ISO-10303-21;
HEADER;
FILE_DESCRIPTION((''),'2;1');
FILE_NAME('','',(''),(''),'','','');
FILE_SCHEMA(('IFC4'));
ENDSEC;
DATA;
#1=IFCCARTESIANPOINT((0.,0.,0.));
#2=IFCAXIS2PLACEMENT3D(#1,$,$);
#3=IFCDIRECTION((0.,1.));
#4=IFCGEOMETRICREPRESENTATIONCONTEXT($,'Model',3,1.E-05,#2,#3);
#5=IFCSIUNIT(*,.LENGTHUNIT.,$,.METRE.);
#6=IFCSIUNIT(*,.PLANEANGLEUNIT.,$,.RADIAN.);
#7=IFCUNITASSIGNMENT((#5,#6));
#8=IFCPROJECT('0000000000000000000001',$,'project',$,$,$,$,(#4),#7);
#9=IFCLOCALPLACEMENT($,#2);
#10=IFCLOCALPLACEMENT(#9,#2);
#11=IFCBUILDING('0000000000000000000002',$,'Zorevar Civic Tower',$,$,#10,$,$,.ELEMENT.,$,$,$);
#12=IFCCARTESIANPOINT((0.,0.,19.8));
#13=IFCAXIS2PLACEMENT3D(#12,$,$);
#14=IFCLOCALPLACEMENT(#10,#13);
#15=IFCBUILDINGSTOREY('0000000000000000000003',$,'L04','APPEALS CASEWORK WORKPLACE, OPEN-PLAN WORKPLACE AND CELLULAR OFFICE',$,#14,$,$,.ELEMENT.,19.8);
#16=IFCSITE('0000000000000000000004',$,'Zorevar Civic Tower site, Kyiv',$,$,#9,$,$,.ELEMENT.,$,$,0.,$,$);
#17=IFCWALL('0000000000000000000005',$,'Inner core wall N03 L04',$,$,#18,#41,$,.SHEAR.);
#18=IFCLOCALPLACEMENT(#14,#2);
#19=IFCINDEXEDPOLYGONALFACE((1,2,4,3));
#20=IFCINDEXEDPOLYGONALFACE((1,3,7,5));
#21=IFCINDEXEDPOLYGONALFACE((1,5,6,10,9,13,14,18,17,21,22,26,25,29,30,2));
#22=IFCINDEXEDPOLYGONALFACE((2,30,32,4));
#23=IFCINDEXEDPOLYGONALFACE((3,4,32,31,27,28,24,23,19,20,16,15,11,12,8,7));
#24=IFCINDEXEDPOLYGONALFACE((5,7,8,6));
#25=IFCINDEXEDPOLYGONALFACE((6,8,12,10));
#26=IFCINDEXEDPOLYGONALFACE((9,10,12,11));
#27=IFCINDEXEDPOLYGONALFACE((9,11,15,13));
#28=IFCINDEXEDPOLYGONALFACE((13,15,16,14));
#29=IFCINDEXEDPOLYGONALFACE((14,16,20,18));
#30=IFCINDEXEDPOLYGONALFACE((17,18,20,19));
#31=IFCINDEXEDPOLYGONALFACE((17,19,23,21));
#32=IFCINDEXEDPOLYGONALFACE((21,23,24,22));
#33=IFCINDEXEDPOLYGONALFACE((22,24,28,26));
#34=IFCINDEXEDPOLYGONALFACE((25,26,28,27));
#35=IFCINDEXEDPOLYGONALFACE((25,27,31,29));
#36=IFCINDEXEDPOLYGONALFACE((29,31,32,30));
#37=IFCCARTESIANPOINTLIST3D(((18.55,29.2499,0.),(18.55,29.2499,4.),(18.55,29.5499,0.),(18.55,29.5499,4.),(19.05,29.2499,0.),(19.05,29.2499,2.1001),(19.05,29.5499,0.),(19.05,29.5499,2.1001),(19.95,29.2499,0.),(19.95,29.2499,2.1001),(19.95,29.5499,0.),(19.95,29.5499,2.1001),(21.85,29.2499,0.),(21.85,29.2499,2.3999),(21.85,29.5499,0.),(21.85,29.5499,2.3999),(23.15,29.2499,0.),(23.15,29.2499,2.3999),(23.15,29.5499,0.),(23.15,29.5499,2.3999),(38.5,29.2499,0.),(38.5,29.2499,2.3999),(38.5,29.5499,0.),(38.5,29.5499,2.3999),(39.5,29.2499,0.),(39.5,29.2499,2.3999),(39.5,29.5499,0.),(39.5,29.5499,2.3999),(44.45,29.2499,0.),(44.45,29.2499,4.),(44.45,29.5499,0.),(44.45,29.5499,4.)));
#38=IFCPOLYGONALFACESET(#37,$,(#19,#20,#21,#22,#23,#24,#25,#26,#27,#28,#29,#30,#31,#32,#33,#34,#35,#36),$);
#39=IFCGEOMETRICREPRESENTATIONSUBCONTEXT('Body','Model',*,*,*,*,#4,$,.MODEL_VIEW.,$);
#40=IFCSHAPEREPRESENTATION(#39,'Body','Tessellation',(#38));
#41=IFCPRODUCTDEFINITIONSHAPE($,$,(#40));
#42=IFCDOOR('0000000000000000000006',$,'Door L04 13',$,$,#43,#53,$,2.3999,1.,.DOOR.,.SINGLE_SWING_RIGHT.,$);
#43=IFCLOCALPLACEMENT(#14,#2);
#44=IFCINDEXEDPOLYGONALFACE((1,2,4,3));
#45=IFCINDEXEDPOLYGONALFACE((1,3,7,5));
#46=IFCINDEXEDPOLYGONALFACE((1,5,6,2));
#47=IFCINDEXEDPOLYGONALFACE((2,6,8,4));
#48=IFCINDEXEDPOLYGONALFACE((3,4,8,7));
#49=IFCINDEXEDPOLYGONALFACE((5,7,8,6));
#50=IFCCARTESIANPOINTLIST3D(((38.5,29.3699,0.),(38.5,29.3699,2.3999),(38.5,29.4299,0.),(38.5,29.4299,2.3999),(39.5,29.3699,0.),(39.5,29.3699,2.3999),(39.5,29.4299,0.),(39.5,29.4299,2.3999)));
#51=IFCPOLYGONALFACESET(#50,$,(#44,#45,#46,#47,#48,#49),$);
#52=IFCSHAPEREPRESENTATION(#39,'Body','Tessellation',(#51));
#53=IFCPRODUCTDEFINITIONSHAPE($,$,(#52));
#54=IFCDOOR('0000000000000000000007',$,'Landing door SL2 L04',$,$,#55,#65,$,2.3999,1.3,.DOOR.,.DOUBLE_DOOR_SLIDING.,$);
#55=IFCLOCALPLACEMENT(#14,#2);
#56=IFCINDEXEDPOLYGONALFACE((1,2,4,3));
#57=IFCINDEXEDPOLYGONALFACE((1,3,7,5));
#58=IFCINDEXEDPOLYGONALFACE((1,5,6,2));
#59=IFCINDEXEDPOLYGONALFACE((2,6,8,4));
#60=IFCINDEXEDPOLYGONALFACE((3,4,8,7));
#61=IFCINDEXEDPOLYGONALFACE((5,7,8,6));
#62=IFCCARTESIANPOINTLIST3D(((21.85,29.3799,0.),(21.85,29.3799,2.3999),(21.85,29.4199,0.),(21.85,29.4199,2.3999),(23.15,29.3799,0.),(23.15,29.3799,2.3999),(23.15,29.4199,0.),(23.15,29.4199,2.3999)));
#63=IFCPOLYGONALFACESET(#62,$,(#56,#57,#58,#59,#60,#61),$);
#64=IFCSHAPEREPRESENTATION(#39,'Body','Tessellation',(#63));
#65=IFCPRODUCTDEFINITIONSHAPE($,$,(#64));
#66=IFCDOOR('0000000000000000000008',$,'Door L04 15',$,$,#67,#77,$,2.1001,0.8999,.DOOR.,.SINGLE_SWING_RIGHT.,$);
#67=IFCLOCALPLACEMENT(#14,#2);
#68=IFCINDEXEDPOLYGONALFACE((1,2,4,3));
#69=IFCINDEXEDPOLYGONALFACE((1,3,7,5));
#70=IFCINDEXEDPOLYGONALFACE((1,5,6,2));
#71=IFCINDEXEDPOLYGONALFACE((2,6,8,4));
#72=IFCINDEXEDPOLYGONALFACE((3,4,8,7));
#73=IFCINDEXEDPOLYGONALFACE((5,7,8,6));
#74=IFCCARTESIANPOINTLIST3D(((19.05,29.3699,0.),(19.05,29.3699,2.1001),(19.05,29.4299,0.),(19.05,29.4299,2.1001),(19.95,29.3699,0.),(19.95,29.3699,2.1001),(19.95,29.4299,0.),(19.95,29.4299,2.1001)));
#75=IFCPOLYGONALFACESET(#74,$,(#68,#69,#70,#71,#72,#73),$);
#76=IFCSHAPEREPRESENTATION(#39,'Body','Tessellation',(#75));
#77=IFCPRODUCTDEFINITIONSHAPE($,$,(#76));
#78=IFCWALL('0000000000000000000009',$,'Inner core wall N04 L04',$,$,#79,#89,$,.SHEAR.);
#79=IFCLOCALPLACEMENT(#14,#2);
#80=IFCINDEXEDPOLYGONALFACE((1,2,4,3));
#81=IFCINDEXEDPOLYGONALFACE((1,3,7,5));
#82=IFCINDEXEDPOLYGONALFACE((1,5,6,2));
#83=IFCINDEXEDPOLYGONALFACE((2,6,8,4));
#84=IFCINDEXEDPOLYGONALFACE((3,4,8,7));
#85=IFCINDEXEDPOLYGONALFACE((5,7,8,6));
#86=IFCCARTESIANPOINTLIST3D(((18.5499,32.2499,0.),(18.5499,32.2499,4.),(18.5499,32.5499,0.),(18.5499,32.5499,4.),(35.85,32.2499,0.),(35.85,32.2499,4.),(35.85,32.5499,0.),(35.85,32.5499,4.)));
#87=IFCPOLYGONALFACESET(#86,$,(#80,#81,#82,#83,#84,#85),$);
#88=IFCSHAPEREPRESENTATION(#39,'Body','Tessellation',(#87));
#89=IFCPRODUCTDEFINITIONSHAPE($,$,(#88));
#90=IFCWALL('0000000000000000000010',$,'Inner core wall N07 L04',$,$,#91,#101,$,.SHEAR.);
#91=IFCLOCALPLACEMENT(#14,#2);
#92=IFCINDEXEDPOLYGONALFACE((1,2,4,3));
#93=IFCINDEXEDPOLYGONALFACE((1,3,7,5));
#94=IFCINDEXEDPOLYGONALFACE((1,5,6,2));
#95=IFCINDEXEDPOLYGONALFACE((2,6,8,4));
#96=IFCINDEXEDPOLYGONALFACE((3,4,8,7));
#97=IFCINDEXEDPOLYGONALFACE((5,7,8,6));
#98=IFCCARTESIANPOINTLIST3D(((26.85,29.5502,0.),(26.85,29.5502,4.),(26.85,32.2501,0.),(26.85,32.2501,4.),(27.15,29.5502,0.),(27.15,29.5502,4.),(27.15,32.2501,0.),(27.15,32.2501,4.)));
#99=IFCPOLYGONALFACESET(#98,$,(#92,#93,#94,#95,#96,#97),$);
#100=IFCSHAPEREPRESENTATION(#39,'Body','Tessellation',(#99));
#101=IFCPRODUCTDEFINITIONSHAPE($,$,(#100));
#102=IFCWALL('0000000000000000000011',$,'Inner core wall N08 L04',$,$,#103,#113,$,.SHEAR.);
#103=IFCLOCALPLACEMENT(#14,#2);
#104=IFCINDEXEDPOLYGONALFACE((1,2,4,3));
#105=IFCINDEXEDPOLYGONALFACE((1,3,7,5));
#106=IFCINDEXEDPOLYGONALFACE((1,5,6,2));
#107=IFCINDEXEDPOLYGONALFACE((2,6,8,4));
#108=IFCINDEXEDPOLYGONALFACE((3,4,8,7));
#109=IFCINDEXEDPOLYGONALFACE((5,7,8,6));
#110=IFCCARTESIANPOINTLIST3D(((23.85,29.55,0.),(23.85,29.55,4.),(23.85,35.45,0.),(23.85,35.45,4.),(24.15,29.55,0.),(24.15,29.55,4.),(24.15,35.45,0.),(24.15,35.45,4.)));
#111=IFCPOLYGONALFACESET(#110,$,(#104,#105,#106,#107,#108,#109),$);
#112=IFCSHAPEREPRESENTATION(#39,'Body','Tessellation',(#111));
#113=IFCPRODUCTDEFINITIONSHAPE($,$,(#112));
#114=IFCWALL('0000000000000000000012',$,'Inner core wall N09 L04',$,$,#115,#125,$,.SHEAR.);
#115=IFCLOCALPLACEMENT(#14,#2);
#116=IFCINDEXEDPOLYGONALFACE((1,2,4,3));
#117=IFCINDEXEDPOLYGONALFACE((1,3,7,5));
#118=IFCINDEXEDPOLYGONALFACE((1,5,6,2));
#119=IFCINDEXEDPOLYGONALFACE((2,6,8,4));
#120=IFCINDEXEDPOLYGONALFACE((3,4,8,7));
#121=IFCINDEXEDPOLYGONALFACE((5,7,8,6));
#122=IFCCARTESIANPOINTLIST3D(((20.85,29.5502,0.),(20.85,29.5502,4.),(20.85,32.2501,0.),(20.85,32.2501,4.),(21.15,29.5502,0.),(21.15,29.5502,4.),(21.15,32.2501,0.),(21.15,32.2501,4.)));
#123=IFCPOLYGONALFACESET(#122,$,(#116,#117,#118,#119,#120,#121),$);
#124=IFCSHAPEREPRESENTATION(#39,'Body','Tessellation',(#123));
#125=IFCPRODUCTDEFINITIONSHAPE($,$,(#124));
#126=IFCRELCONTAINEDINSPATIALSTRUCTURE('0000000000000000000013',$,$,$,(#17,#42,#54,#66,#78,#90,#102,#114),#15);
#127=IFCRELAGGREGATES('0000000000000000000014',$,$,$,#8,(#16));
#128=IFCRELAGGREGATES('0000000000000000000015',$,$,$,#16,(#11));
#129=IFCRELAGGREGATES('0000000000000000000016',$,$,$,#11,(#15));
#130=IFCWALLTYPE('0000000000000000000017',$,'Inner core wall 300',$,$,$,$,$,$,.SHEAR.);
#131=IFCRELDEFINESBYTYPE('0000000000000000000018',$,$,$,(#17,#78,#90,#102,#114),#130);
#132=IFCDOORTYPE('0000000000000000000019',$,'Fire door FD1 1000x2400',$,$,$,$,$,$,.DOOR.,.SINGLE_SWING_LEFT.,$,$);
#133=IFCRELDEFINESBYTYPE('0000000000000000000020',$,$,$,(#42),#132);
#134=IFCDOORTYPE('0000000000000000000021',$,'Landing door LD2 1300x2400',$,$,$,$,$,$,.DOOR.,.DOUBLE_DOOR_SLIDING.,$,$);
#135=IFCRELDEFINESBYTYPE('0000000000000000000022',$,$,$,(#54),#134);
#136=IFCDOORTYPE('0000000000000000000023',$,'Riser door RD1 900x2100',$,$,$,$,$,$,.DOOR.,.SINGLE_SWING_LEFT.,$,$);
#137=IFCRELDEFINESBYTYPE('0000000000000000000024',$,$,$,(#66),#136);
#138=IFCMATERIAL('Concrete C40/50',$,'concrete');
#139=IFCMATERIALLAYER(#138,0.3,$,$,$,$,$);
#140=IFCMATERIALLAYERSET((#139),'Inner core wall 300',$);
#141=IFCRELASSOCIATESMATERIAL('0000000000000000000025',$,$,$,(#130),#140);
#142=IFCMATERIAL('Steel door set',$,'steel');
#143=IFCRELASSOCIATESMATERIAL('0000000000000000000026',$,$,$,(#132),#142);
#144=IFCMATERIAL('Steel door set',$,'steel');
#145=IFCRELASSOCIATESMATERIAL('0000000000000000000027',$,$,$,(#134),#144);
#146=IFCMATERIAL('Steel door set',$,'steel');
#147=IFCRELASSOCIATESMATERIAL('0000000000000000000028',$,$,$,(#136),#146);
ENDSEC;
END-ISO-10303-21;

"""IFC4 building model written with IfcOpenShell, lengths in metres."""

from ifc_helpers import new_model, si_unit, direction, frame, frame_2d, origin, place, context, subcontext, project, spatial, rectangle, extrude, material, layer, layer_set, type_object, element, fill, save


model = new_model("IFC4")

# Units and contexts
model_context = context("Model", 3, precision=1e-05, world=origin(), true_north=direction((0.0, 1.0)))
body_context = subcontext(model_context, "Body", "Model", "MODEL_VIEW")
ifc_project = project(units=[si_unit("LENGTHUNIT", "METRE"), si_unit("PLANEANGLEUNIT", "RADIAN")], contexts=[model_context])

# Site, building, storey
site_placement = place(None, origin())
site = spatial("IfcSite", under=ifc_project, at=site_placement, Name="Zorevar Civic Tower site, Kyiv", CompositionType="ELEMENT", RefElevation=0.0)
building_placement = place(site_placement, origin())
building = spatial("IfcBuilding", under=site, at=building_placement, Name="Zorevar Civic Tower", CompositionType="ELEMENT")
storey_placement = place(building_placement, frame((0.0, 0.0, 19.8)))
storey = spatial("IfcBuildingStorey", under=building, at=storey_placement, Name="L04", Description="APPEALS CASEWORK WORKPLACE, OPEN-PLAN WORKPLACE AND CELLULAR OFFICE", CompositionType="ELEMENT", Elevation=19.8)

# Wall, openings, doors
ifc_material_1 = material(Name="Concrete C40/50", Category="concrete")
ifc_layer_1 = layer(ifc_material_1, 0.3)
ifc_layer_set_1 = layer_set([ifc_layer_1], Name="Inner core wall 300")
wall_type_1 = type_object("IfcWallType", Name="Inner core wall 300", PredefinedType="SHEAR", material=ifc_layer_set_1)
ifc_material_2 = material(Name="Steel door set", Category="steel")
door_type_1 = type_object("IfcDoorType", Name="Fire door FD1 1000x2400", OperationType="SINGLE_SWING_LEFT", PredefinedType="DOOR", material=ifc_material_2)
ifc_material_3 = material(Name="Steel door set", Category="steel")
door_type_2 = type_object("IfcDoorType", Name="Landing door LD2 1300x2400", OperationType="DOUBLE_DOOR_SLIDING", PredefinedType="DOOR", material=ifc_material_3)
ifc_material_4 = material(Name="Steel door set", Category="steel")
door_type_3 = type_object("IfcDoorType", Name="Riser door RD1 900x2100", OperationType="SINGLE_SWING_LEFT", PredefinedType="DOOR", material=ifc_material_4)
wall_1_placement = place(storey_placement, frame((18.55, 29.3999, 0.0), z_axis=(0.0, 0.0, 1.0), x_axis=(1.0, 0.0, 0.0)))
wall_1 = element("IfcWall", 1, at=wall_1_placement, inside=storey, type_object=wall_type_1, Name="Inner core wall N03 L04", PredefinedType="SHEAR", context=body_context, shape_type="SweptSolid", body=[
    extrude(rectangle(XDim=25.8999, YDim=0.3, at=frame_2d((12.95, 0.0))), origin(), (0.0, 0.0, 1.0), 4.0),
])
opening_1_placement = place(wall_1_placement, frame((19.95, 0.0, 0.0)))
opening_1 = element("IfcOpeningElement", 2, at=opening_1_placement, cuts=wall_1, PredefinedType="OPENING", context=body_context, shape_type="SweptSolid", body=[
    extrude(rectangle(XDim=1.0, YDim=2.3999, at=frame_2d((0.5, 1.2))), frame((0.0, 0.1599, 0.0), z_axis=(0.0, -1.0, 0.0), x_axis=(1.0, 0.0, 0.0)), (0.0, 0.0, 1.0), 0.3201),
])
opening_2_placement = place(wall_1_placement, frame((0.5, 0.0, 0.0)))
opening_2 = element("IfcOpeningElement", 3, at=opening_2_placement, cuts=wall_1, PredefinedType="OPENING", context=body_context, shape_type="SweptSolid", body=[
    extrude(rectangle(XDim=0.8999, YDim=2.1001, at=frame_2d((0.45, 1.05))), frame((0.0, 0.1599, 0.0), z_axis=(0.0, -1.0, 0.0), x_axis=(1.0, 0.0, 0.0)), (0.0, 0.0, 1.0), 0.3201),
])
opening_3_placement = place(wall_1_placement, frame((3.3, 0.0, 0.0)))
opening_3 = element("IfcOpeningElement", 4, at=opening_3_placement, cuts=wall_1, PredefinedType="OPENING", context=body_context, shape_type="SweptSolid", body=[
    extrude(rectangle(XDim=1.3, YDim=2.3999, at=frame_2d((0.6499, 1.2))), frame((0.0, 0.1599, 0.0), z_axis=(0.0, -1.0, 0.0), x_axis=(1.0, 0.0, 0.0)), (0.0, 0.0, 1.0), 0.3201),
])
door_1_placement = place(opening_1_placement, origin())
door_1 = element("IfcDoor", 5, at=door_1_placement, inside=storey, type_object=door_type_1, Name="Door L04 13", OperationType="SINGLE_SWING_RIGHT", OverallHeight=2.3999, OverallWidth=1.0, PredefinedType="DOOR", context=body_context, shape_type="SweptSolid", body=[
    extrude(rectangle(XDim=1.0, YDim=2.3999, at=frame_2d((0.5, 1.2))), frame((0.0, 0.03, 0.0), z_axis=(0.0, -1.0, 0.0), x_axis=(1.0, 0.0, 0.0)), (0.0, 0.0, 1.0), 0.0601),
])
fill(opening_1, door_1)
door_2_placement = place(opening_3_placement, origin())
door_2 = element("IfcDoor", 6, at=door_2_placement, inside=storey, type_object=door_type_2, Name="Landing door SL2 L04", OperationType="DOUBLE_DOOR_SLIDING", OverallHeight=2.3999, OverallWidth=1.3, PredefinedType="DOOR", context=body_context, shape_type="SweptSolid", body=[
    extrude(rectangle(XDim=1.3, YDim=2.3999, at=frame_2d((0.6499, 1.2))), frame((0.0, 0.02, 0.0), z_axis=(0.0, -1.0, 0.0), x_axis=(1.0, 0.0, 0.0)), (0.0, 0.0, 1.0), 0.04),
])
fill(opening_3, door_2)
door_3_placement = place(opening_2_placement, origin())
door_3 = element("IfcDoor", 7, at=door_3_placement, inside=storey, type_object=door_type_3, Name="Door L04 15", OperationType="SINGLE_SWING_RIGHT", OverallHeight=2.1001, OverallWidth=0.8999, PredefinedType="DOOR", context=body_context, shape_type="SweptSolid", body=[
    extrude(rectangle(XDim=0.8999, YDim=2.1001, at=frame_2d((0.45, 1.05))), frame((0.0, 0.03, 0.0), z_axis=(0.0, -1.0, 0.0), x_axis=(1.0, 0.0, 0.0)), (0.0, 0.0, 1.0), 0.0601),
])
fill(opening_2, door_3)

# Walls
wall_2_placement = place(storey_placement, frame((18.55, 32.3999, 0.0), z_axis=(0.0, 0.0, 1.0), x_axis=(1.0, 0.0, 0.0)))
element("IfcWall", 8, at=wall_2_placement, inside=storey, type_object=wall_type_1, Name="Inner core wall N04 L04", PredefinedType="SHEAR", context=body_context, shape_type="SweptSolid", body=[
    extrude(rectangle(XDim=17.3, YDim=0.3, at=frame_2d((8.6499, 0.0))), origin(), (0.0, 0.0, 1.0), 4.0),
])
wall_3_placement = place(storey_placement, frame((27.0, 29.55, 0.0), z_axis=(0.0, 0.0, 1.0), x_axis=(0.0, 1.0, 0.0)))
element("IfcWall", 9, at=wall_3_placement, inside=storey, type_object=wall_type_1, Name="Inner core wall N07 L04", PredefinedType="SHEAR", context=body_context, shape_type="SweptSolid", body=[
    extrude(rectangle(XDim=2.7, YDim=0.3, at=frame_2d((1.3501, 0.0))), origin(), (0.0, 0.0, 1.0), 4.0),
])
wall_4_placement = place(storey_placement, frame((24.0, 29.55, 0.0), z_axis=(0.0, 0.0, 1.0), x_axis=(0.0, 1.0, 0.0)))
element("IfcWall", 10, at=wall_4_placement, inside=storey, type_object=wall_type_1, Name="Inner core wall N08 L04", PredefinedType="SHEAR", context=body_context, shape_type="SweptSolid", body=[
    extrude(rectangle(XDim=5.8999, YDim=0.3, at=frame_2d((2.95, 0.0))), origin(), (0.0, 0.0, 1.0), 4.0),
])
wall_5_placement = place(storey_placement, frame((21.0, 29.55, 0.0), z_axis=(0.0, 0.0, 1.0), x_axis=(0.0, 1.0, 0.0)))
element("IfcWall", 11, at=wall_5_placement, inside=storey, type_object=wall_type_1, Name="Inner core wall N09 L04", PredefinedType="SHEAR", context=body_context, shape_type="SweptSolid", body=[
    extrude(rectangle(XDim=2.7, YDim=0.3, at=frame_2d((1.3501, 0.0))), origin(), (0.0, 0.0, 1.0), 4.0),
])

save(model, "model.ifc")
